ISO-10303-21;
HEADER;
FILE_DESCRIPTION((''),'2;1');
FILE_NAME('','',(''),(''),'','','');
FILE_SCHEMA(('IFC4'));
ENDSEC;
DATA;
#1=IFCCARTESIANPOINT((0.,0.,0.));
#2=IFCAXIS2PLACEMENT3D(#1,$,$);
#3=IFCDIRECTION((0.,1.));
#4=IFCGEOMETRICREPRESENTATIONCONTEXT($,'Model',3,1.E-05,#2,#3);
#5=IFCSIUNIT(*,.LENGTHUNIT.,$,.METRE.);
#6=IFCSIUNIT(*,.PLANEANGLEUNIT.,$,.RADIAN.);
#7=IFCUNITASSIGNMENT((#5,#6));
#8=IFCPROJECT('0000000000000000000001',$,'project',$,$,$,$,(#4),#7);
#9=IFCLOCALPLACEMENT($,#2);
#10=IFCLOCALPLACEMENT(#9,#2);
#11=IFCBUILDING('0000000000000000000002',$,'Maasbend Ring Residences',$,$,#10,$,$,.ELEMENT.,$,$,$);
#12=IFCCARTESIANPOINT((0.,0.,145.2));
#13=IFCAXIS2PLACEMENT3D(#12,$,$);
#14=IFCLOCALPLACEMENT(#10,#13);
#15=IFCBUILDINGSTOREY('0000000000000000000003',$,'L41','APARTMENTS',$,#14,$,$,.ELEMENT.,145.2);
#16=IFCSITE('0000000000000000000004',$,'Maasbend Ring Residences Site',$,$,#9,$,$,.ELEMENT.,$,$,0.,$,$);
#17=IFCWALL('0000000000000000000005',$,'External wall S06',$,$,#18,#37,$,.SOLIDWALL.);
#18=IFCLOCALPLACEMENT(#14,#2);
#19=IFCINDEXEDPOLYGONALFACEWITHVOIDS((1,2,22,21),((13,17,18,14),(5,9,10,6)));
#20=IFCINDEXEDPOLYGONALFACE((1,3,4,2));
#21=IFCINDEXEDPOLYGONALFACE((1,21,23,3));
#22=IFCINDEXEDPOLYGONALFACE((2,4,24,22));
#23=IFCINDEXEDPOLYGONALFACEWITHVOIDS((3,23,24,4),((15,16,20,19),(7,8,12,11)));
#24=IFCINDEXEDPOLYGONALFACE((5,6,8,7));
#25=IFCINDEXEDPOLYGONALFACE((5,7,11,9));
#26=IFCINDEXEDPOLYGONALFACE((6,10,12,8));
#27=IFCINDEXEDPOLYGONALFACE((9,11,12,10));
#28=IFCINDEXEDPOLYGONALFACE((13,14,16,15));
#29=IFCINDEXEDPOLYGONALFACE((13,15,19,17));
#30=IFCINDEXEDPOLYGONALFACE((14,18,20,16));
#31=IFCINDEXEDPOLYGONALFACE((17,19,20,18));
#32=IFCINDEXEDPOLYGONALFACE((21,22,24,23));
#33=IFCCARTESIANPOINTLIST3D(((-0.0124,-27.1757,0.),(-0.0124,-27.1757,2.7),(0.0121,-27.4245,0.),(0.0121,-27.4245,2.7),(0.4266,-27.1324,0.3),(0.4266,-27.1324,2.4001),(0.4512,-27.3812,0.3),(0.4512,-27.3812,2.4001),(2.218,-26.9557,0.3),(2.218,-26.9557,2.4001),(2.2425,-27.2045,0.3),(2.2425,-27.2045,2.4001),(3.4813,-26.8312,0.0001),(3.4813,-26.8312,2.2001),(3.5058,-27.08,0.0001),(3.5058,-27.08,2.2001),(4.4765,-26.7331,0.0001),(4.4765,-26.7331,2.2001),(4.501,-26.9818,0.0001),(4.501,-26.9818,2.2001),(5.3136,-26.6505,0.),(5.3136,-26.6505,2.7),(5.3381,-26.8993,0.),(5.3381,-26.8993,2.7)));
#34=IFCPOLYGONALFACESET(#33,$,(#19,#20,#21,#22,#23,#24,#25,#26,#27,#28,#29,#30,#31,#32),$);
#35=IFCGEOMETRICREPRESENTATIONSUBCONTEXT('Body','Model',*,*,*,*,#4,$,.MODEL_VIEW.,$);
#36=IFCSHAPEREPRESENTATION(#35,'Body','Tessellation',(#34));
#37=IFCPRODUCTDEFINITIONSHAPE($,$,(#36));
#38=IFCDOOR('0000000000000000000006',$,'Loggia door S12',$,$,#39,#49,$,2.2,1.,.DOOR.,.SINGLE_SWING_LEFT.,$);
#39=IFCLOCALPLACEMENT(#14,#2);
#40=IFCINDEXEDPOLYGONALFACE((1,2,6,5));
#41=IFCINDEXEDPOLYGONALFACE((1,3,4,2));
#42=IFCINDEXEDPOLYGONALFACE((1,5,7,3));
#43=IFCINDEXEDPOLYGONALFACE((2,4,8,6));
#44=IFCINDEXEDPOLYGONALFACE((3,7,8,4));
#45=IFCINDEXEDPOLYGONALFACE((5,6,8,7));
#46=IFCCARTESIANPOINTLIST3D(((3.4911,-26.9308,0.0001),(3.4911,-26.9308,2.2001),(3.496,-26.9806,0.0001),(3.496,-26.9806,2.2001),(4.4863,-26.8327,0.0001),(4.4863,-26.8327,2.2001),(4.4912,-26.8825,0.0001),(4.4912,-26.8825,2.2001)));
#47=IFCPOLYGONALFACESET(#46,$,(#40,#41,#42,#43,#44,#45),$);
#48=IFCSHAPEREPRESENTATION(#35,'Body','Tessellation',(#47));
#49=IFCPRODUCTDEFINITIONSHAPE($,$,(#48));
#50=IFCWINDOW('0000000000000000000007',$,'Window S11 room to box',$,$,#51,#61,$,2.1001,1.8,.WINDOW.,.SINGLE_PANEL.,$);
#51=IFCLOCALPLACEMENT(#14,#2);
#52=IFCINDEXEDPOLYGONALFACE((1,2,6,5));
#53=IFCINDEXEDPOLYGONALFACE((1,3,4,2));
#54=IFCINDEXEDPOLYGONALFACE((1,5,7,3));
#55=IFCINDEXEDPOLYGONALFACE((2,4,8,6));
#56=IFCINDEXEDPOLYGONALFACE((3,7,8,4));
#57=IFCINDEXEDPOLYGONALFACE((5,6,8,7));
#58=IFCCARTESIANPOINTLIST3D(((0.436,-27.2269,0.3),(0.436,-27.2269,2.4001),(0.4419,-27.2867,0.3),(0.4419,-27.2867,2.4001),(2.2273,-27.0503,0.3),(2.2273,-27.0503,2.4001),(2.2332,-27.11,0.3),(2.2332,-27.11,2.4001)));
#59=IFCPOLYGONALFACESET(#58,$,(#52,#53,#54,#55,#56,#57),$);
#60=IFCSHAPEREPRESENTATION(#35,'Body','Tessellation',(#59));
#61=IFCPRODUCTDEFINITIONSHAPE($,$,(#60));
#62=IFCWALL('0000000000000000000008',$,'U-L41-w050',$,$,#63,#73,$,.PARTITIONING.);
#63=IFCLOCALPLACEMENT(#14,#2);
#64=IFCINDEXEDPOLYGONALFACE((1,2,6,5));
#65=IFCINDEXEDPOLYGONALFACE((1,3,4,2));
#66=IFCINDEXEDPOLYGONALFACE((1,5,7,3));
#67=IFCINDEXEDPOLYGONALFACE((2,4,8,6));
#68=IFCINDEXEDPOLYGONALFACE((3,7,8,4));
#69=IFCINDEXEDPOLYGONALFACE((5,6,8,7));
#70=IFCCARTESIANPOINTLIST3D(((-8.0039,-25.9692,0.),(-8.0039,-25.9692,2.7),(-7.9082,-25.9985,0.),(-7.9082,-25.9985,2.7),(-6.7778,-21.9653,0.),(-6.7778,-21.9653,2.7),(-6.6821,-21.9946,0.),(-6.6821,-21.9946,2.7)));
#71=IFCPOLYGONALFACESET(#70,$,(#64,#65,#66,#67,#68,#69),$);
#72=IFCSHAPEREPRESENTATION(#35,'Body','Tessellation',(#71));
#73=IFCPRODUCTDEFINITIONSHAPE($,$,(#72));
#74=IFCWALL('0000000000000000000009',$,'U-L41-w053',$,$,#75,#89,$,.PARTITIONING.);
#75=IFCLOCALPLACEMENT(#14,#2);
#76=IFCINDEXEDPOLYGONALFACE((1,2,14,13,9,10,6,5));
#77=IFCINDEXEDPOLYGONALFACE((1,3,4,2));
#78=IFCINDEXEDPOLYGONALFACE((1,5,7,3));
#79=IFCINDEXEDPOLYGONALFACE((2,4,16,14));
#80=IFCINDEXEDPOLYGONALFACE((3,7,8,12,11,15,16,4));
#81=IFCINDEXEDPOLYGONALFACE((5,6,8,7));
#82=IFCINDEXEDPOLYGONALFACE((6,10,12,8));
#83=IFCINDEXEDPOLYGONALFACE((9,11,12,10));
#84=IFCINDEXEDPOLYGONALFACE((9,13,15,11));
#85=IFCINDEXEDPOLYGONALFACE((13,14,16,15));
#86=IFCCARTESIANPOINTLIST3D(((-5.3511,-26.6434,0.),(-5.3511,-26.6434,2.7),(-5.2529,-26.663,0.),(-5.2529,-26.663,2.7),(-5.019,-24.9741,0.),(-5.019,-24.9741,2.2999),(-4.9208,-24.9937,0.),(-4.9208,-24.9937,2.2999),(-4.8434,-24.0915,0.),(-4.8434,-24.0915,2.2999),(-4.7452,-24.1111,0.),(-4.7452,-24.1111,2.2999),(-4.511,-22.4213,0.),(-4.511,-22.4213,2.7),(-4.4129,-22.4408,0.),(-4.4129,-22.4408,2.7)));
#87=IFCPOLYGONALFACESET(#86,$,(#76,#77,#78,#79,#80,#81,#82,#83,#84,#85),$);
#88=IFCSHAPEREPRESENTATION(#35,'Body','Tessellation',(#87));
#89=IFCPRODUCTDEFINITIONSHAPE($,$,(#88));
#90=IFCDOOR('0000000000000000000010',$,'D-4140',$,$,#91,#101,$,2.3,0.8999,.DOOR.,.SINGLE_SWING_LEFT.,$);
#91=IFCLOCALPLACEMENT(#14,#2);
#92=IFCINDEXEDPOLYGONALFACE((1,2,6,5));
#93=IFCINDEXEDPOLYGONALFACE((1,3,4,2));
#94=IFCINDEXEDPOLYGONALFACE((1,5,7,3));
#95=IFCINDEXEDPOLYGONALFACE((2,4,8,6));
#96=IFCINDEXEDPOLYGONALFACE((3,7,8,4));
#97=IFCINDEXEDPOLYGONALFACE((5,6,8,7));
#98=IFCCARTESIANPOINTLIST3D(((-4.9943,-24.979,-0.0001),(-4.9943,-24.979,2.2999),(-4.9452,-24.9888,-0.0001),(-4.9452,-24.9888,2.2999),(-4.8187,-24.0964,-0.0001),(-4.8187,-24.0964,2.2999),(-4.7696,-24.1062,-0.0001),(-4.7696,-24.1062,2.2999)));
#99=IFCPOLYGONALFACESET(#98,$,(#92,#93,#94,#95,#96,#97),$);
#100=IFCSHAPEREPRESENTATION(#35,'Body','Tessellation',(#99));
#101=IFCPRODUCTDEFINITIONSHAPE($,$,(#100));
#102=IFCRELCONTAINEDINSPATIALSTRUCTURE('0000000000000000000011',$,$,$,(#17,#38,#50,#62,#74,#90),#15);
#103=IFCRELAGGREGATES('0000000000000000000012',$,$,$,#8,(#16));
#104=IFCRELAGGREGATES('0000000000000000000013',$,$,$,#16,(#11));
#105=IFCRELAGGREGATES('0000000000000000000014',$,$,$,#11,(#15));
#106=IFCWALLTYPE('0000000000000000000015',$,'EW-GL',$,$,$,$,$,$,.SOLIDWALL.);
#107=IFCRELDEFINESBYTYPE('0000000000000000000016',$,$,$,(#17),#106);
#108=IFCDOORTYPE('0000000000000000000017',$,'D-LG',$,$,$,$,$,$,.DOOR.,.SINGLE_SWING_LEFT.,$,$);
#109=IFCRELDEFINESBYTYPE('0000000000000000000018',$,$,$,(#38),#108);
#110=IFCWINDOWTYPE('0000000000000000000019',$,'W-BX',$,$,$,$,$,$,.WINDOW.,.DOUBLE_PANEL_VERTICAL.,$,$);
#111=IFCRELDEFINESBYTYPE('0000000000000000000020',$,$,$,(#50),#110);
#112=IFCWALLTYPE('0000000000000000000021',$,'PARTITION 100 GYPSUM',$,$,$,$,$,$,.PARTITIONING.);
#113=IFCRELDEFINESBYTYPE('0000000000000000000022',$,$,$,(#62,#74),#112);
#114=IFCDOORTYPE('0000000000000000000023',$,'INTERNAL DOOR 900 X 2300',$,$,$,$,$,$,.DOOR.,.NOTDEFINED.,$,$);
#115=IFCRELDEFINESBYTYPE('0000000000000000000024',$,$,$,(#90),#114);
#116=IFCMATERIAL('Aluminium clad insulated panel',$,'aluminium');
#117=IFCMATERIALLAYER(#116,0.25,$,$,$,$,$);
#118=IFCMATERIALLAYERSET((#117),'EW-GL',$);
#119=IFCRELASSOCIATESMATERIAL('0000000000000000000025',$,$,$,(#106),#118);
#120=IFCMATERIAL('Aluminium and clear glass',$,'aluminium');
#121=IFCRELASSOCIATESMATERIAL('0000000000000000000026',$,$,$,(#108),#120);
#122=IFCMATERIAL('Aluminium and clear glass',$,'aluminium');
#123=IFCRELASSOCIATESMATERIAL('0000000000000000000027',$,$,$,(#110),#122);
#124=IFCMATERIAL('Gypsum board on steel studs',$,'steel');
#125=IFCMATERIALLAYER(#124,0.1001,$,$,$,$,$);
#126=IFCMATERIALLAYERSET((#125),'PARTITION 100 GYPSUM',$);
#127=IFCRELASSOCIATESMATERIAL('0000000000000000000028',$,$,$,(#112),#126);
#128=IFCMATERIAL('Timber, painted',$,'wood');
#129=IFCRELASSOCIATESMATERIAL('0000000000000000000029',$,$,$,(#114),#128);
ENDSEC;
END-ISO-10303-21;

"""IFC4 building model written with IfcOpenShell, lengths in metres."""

from ifc_helpers import new_model, si_unit, direction, frame, frame_2d, origin, place, context, subcontext, project, spatial, rectangle, extrude, material, layer, layer_set, type_object, element, fill, save


model = new_model("IFC4")

# Units and contexts
model_context = context("Model", 3, precision=1e-05, world=origin(), true_north=direction((0.0, 1.0)))
body_context = subcontext(model_context, "Body", "Model", "MODEL_VIEW")
ifc_project = project(units=[si_unit("LENGTHUNIT", "METRE"), si_unit("PLANEANGLEUNIT", "RADIAN")], contexts=[model_context])

# Site, building, storey
site_placement = place(None, origin())
site = spatial("IfcSite", under=ifc_project, at=site_placement, Name="Maasbend Ring Residences Site", CompositionType="ELEMENT", RefElevation=0.0)
building_placement = place(site_placement, origin())
building = spatial("IfcBuilding", under=site, at=building_placement, Name="Maasbend Ring Residences", CompositionType="ELEMENT")
storey_placement = place(building_placement, frame((0.0, 0.0, 145.2)))
storey = spatial("IfcBuildingStorey", under=building, at=storey_placement, Name="L41", Description="APARTMENTS", CompositionType="ELEMENT", Elevation=145.2)

# Wall, openings, door, window
ifc_material_1 = material(Name="Aluminium clad insulated panel", Category="aluminium")
ifc_layer_1 = layer(ifc_material_1, 0.25)
ifc_layer_set_1 = layer_set([ifc_layer_1], Name="EW-GL")
wall_type_1 = type_object("IfcWallType", Name="EW-GL", PredefinedType="SOLIDWALL", material=ifc_layer_set_1)
ifc_material_2 = material(Name="Aluminium and clear glass", Category="aluminium")
door_type_1 = type_object("IfcDoorType", Name="D-LG", OperationType="SINGLE_SWING_LEFT", PredefinedType="DOOR", material=ifc_material_2)
ifc_material_3 = material(Name="Aluminium and clear glass", Category="aluminium")
window_type_1 = type_object("IfcWindowType", Name="W-BX", PartitioningType="DOUBLE_PANEL_VERTICAL", PredefinedType="WINDOW", material=ifc_material_3)
wall_1_placement = place(storey_placement, frame((0.0, -27.3, 0.0), z_axis=(0.0, 0.0, 1.0), x_axis=(0.995174, 0.098126, 0.0)))
wall_1 = element("IfcWall", 1, at=wall_1_placement, inside=storey, type_object=wall_type_1, Name="External wall S06", PredefinedType="SOLIDWALL", context=body_context, shape_type="SweptSolid", body=[
    extrude(rectangle(XDim=5.3518, YDim=0.25, at=frame_2d((2.6758, 0.0))), origin(), (0.0, 0.0, 1.0), 2.7),
])
opening_1_placement = place(wall_1_placement, frame((0.4412, 0.0, 0.3)))
opening_1 = element("IfcOpeningElement", 2, at=opening_1_placement, cuts=wall_1, PredefinedType="OPENING", context=body_context, shape_type="SweptSolid", body=[
    extrude(rectangle(XDim=1.8, YDim=2.1001, at=frame_2d((0.8999, 1.05))), frame((0.0, 0.135, 0.0), z_axis=(0.0, -1.0, 0.0), x_axis=(1.0, 0.0, 0.0)), (0.0, 0.0, 1.0), 0.27),
])
opening_2_placement = place(wall_1_placement, frame((3.5105, 0.0, 0.0)))
opening_2 = element("IfcOpeningElement", 3, at=opening_2_placement, cuts=wall_1, PredefinedType="OPENING", context=body_context, shape_type="SweptSolid", body=[
    extrude(rectangle(XDim=1.0, YDim=2.2, at=frame_2d((0.5, 1.1001))), frame((0.0, 0.135, 0.0), z_axis=(0.0, -1.0, 0.0), x_axis=(1.0, 0.0, 0.0)), (0.0, 0.0, 1.0), 0.27),
])
door_1_placement = place(opening_2_placement, origin())
door_1 = element("IfcDoor", 4, at=door_1_placement, inside=storey, type_object=door_type_1, Name="Loggia door S12", OperationType="SINGLE_SWING_LEFT", OverallHeight=2.2, OverallWidth=1.0, PredefinedType="DOOR", context=body_context, shape_type="SweptSolid", body=[
    extrude(rectangle(XDim=1.0, YDim=2.2, at=frame_2d((0.5, 1.1001))), frame((0.0, 0.0249, 0.0), z_axis=(0.0, -1.0, 0.0), x_axis=(1.0, 0.0, 0.0)), (0.0, 0.0, 1.0), 0.05),
])
fill(opening_2, door_1)
window_1_placement = place(opening_1_placement, origin())
window_1 = element("IfcWindow", 5, at=window_1_placement, inside=storey, type_object=window_type_1, Name="Window S11 room to box", OverallHeight=2.1001, OverallWidth=1.8, PartitioningType="SINGLE_PANEL", PredefinedType="WINDOW", context=body_context, shape_type="SweptSolid", body=[
    extrude(rectangle(XDim=1.8, YDim=2.1001, at=frame_2d((0.8999, 1.05))), frame((0.0, 0.03, 0.0), z_axis=(0.0, -1.0, 0.0), x_axis=(1.0, 0.0, 0.0)), (0.0, 0.0, 1.0), 0.0601),
])
fill(opening_1, window_1)

# Wall
ifc_material_4 = material(Name="Gypsum board on steel studs", Category="steel")
ifc_layer_2 = layer(ifc_material_4, 0.1001)
ifc_layer_set_2 = layer_set([ifc_layer_2], Name="PARTITION 100 GYPSUM")
wall_type_2 = type_object("IfcWallType", Name="PARTITION 100 GYPSUM", PredefinedType="PARTITIONING", material=ifc_layer_set_2)
wall_2_placement = place(storey_placement, frame((-7.9561, -25.9839, 0.0), z_axis=(0.0, 0.0, 1.0), x_axis=(0.292799, 0.956174, 0.0)))
element("IfcWall", 6, at=wall_2_placement, inside=storey, type_object=wall_type_2, Name="U-L41-w050", PredefinedType="PARTITIONING", context=body_context, shape_type="SweptSolid", body=[
    extrude(rectangle(XDim=4.1875, YDim=0.1001, at=frame_2d((2.0938, 0.0))), origin(), (0.0, 0.0, 1.0), 2.7),
])

# Wall, opening, door
wall_3_placement = place(storey_placement, frame((-5.302, -26.6531, 0.0), z_axis=(0.0, 0.0, 1.0), x_axis=(0.195145, 0.980774, 0.0)))
wall_3 = element("IfcWall", 7, at=wall_3_placement, inside=storey, type_object=wall_type_2, Name="U-L41-w053", PredefinedType="PARTITIONING", context=body_context, shape_type="SweptSolid", body=[
    extrude(rectangle(XDim=4.3049, YDim=0.1001, at=frame_2d((2.1523, 0.0))), origin(), (0.0, 0.0, 1.0), 2.7),
])
opening_3_placement = place(wall_3_placement, frame((1.7019, 0.0, 0.0)))
opening_3 = element("IfcOpeningElement", 8, at=opening_3_placement, cuts=wall_3, PredefinedType="OPENING", context=body_context, shape_type="SweptSolid", body=[
    extrude(rectangle(XDim=0.8999, YDim=2.3, at=frame_2d((0.45, 1.1499))), frame((0.0, 0.0601, 0.0), z_axis=(0.0, -1.0, 0.0), x_axis=(1.0, 0.0, 0.0)), (0.0, 0.0, 1.0), 0.1201),
])
ifc_material_5 = material(Name="Timber, painted", Category="wood")
door_type_2 = type_object("IfcDoorType", Name="INTERNAL DOOR 900 X 2300", OperationType="NOTDEFINED", PredefinedType="DOOR", material=ifc_material_5)
door_2_placement = place(opening_3_placement, origin())
door_2 = element("IfcDoor", 9, at=door_2_placement, inside=storey, type_object=door_type_2, Name="D-4140", OperationType="SINGLE_SWING_LEFT", OverallHeight=2.3, OverallWidth=0.8999, PredefinedType="DOOR", context=body_context, shape_type="SweptSolid", body=[
    extrude(rectangle(XDim=0.8999, YDim=2.3, at=frame_2d((0.45, 1.1499))), frame((0.0, 0.0249, 0.0), z_axis=(0.0, -1.0, 0.0), x_axis=(1.0, 0.0, 0.0)), (0.0, 0.0, 1.0), 0.05),
])
fill(opening_3, door_2)

save(model, "model.ifc")
